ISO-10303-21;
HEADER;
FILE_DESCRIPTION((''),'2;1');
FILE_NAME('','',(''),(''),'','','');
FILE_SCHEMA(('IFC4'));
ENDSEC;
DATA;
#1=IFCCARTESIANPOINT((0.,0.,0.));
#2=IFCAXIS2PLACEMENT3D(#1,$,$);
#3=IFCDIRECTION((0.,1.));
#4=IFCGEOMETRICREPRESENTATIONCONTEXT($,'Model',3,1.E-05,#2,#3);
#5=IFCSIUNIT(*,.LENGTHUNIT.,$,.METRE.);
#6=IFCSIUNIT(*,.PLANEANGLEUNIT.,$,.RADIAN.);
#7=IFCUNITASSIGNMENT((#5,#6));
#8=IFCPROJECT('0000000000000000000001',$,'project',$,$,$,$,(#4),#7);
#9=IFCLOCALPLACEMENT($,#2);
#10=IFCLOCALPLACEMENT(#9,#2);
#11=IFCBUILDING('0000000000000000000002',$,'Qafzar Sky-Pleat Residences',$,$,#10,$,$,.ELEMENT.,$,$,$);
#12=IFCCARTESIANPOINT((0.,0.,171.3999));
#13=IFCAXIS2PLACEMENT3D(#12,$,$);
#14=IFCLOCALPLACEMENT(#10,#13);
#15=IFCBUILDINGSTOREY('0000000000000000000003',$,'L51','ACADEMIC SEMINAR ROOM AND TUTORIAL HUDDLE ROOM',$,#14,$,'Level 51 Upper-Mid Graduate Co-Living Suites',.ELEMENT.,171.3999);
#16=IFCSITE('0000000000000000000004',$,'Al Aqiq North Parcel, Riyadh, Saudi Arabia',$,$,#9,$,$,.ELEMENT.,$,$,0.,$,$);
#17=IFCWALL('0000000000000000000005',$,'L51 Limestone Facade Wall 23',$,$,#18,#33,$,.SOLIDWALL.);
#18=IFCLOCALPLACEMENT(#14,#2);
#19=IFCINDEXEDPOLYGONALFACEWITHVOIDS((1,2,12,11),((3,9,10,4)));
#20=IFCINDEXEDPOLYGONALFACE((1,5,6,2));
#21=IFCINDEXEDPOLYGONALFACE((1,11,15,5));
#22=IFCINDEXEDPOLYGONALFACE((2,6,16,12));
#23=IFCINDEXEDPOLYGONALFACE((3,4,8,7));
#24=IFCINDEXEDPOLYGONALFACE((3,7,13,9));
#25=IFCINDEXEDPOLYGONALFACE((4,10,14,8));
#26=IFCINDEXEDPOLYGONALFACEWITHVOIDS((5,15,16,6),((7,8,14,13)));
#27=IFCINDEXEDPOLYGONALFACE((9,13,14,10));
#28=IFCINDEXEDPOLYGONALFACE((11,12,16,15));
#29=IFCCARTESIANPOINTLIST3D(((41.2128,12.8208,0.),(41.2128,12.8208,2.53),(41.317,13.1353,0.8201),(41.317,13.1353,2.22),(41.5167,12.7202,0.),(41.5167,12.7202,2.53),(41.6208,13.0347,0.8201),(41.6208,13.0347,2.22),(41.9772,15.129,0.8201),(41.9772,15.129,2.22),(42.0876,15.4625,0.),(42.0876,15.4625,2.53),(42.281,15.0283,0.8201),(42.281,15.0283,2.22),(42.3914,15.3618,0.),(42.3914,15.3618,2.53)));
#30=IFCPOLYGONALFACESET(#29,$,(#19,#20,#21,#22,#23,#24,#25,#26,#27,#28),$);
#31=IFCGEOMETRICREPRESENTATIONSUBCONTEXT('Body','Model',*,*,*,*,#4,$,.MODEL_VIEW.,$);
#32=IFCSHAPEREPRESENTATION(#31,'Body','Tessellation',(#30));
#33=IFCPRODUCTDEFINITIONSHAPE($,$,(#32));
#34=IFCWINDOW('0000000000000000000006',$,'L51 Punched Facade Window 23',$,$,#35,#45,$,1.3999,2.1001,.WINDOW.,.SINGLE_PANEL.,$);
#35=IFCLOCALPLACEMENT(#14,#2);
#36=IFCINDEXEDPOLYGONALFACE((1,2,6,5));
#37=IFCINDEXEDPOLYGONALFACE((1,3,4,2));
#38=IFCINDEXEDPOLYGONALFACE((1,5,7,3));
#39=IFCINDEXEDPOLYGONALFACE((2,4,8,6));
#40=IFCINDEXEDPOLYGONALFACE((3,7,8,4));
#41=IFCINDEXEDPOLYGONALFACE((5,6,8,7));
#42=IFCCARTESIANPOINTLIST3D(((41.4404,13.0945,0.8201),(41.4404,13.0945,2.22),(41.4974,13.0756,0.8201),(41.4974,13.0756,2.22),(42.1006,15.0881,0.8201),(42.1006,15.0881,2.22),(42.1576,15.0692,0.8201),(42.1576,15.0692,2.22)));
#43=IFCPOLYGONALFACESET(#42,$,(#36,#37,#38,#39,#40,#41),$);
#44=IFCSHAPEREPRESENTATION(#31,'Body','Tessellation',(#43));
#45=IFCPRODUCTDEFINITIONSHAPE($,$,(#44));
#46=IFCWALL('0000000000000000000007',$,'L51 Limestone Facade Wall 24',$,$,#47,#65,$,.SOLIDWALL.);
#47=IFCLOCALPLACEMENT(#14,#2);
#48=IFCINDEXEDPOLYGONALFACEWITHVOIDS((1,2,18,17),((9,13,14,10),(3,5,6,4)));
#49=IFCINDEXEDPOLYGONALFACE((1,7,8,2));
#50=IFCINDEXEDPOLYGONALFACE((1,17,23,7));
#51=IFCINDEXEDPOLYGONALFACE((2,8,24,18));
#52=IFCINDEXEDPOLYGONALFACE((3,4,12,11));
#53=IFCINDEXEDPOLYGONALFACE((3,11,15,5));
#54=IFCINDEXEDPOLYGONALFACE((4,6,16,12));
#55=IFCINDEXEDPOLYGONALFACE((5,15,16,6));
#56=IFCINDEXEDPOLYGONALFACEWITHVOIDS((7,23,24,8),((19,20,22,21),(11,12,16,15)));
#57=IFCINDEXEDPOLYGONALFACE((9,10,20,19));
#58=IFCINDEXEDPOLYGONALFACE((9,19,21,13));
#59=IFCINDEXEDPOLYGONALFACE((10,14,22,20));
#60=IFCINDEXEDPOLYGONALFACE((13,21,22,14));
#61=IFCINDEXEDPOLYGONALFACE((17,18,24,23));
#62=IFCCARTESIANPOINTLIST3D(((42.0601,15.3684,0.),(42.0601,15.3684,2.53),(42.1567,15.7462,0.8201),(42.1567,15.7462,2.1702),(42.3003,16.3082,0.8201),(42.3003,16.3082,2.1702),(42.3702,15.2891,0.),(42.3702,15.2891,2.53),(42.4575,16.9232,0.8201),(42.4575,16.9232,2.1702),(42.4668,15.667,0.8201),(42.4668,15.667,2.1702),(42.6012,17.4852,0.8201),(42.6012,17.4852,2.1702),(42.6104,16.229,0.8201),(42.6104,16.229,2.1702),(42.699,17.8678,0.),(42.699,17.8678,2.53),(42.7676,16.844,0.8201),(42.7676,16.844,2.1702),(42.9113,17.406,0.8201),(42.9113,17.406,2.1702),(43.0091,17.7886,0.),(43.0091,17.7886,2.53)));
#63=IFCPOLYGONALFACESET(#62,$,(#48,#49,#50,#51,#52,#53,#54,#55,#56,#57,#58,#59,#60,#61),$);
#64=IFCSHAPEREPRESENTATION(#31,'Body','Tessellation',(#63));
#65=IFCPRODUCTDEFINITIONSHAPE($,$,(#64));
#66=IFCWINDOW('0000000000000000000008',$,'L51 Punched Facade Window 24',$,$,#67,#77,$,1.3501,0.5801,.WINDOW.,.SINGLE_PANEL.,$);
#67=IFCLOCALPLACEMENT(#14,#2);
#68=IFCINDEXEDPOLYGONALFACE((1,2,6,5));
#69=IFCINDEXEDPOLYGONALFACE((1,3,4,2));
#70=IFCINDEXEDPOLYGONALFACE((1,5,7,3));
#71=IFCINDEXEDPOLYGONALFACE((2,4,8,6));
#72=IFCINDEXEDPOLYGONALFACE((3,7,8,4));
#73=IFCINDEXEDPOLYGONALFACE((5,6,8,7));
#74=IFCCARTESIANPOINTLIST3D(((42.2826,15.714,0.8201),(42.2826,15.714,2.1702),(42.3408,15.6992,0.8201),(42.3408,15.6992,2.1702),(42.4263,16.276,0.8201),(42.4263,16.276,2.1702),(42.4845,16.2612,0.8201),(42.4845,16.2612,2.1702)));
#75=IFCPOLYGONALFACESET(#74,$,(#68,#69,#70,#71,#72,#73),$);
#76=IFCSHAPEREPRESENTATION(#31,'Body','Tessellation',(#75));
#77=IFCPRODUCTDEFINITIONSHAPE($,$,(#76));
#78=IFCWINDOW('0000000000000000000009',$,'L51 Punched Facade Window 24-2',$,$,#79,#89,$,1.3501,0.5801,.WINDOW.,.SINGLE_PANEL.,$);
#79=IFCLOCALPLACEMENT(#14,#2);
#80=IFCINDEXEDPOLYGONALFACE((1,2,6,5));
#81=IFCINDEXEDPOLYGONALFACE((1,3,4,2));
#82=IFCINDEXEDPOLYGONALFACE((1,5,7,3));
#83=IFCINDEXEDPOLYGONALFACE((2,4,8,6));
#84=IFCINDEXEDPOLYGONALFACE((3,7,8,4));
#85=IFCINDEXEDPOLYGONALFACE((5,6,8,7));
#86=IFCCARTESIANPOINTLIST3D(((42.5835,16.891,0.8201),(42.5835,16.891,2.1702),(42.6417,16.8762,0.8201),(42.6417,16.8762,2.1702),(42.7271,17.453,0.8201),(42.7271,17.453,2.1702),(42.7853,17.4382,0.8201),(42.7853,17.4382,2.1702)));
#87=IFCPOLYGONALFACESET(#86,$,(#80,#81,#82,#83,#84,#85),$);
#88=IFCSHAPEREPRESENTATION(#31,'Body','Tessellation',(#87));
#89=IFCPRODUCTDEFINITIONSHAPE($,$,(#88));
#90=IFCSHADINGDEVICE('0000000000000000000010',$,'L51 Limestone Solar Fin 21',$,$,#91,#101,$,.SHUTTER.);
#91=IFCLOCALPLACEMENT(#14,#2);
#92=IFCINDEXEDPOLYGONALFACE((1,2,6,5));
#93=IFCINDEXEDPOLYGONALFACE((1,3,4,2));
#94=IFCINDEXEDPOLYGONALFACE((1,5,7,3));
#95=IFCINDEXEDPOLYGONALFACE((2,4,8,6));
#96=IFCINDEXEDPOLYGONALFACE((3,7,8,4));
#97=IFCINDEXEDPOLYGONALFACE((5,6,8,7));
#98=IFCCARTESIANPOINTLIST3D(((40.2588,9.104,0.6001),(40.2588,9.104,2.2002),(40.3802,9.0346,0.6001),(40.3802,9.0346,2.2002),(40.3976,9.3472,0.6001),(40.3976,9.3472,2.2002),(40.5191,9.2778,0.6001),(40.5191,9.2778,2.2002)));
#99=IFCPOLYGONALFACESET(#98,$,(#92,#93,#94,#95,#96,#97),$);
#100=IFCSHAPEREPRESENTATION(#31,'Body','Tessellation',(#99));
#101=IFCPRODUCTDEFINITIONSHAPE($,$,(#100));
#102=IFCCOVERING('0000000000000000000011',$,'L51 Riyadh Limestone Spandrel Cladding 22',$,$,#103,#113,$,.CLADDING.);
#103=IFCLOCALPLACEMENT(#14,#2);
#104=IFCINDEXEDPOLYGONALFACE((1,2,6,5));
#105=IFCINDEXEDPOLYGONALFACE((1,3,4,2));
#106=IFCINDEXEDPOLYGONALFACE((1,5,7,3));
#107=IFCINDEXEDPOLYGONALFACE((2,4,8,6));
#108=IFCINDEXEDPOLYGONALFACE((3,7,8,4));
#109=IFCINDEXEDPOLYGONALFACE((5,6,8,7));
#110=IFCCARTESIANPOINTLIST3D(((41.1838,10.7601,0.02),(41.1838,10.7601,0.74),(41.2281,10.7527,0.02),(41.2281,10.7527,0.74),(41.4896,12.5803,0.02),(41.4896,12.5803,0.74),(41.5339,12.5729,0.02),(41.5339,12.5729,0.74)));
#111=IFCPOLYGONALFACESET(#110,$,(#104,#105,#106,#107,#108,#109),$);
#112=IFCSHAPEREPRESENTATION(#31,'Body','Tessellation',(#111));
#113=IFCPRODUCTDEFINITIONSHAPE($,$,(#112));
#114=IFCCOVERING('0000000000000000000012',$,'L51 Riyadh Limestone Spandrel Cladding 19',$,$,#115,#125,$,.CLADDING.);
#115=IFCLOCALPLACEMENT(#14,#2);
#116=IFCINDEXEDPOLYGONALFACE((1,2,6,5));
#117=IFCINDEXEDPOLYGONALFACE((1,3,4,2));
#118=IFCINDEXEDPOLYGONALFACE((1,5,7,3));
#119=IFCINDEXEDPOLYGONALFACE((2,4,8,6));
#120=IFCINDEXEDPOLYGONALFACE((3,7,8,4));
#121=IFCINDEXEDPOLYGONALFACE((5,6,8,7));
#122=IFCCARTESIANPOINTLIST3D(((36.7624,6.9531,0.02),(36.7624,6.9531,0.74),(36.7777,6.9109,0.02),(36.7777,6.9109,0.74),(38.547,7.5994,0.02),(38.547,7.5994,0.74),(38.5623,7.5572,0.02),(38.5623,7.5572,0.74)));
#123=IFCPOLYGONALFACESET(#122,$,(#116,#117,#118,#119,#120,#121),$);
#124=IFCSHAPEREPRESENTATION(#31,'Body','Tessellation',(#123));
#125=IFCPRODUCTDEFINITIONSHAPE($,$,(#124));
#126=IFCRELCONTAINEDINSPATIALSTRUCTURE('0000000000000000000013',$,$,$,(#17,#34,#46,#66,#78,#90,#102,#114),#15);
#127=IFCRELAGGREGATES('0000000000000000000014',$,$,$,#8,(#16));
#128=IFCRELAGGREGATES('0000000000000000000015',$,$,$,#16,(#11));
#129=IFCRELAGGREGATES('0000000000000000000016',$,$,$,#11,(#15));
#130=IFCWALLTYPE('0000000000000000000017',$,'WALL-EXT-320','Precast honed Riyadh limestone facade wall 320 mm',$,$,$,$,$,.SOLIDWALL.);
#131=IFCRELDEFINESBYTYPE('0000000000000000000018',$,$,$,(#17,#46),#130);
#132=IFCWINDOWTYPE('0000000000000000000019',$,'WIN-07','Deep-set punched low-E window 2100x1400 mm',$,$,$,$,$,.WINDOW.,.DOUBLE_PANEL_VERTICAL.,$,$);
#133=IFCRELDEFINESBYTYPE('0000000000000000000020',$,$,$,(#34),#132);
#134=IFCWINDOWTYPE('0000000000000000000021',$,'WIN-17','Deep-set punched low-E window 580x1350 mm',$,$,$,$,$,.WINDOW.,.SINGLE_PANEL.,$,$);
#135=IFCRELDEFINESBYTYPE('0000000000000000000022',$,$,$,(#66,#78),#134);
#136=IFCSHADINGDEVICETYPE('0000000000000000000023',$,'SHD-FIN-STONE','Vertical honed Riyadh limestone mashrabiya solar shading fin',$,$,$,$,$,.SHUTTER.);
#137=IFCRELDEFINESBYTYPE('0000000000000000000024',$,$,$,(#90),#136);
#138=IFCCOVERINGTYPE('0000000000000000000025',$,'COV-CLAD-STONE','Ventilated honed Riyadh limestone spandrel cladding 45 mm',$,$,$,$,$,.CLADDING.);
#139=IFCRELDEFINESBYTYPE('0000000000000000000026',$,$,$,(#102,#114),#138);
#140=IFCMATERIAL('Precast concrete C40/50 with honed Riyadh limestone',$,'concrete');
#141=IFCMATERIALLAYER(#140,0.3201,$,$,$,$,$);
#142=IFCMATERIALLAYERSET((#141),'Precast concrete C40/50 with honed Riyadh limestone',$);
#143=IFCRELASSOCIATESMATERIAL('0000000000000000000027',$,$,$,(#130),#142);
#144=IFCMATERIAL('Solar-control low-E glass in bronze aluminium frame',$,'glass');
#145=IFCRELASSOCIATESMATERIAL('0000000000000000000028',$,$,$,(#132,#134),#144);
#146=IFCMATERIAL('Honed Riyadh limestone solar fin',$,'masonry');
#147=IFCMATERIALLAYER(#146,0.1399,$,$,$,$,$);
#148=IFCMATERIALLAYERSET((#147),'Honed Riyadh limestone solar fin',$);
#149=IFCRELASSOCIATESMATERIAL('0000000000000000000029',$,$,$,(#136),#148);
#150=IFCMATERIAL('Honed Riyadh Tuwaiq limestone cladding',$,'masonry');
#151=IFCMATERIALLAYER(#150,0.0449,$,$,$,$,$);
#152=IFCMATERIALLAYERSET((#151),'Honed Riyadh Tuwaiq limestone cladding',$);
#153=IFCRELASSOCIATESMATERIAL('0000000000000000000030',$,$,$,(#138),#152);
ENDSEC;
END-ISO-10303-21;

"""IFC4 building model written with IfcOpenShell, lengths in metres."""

from ifc_helpers import new_model, si_unit, direction, frame, frame_2d, origin, origin_2d, place, context, subcontext, project, spatial, rectangle, extrude, source, transform, mapped, material, layer, layer_set, type_object, element, fill, save


model = new_model("IFC4")

# Units and contexts
model_context = context("Model", 3, precision=1e-05, world=origin(), true_north=direction((0.0, 1.0)))
body_context = subcontext(model_context, "Body", "Model", "MODEL_VIEW")
ifc_project = project(units=[si_unit("LENGTHUNIT", "METRE"), si_unit("PLANEANGLEUNIT", "RADIAN")], contexts=[model_context])

# Site, building, storey
site_placement = place(None, origin())
site = spatial("IfcSite", under=ifc_project, at=site_placement, Name="Al Aqiq North Parcel, Riyadh, Saudi Arabia", CompositionType="ELEMENT", RefElevation=0.0)
building_placement = place(site_placement, origin())
building = spatial("IfcBuilding", under=site, at=building_placement, Name="Qafzar Sky-Pleat Residences", CompositionType="ELEMENT")
storey_placement = place(building_placement, frame((0.0, 0.0, 171.3999)))
storey = spatial("IfcBuildingStorey", under=building, at=storey_placement, Name="L51", Description="ACADEMIC SEMINAR ROOM AND TUTORIAL HUDDLE ROOM", LongName="Level 51 Upper-Mid Graduate Co-Living Suites", CompositionType="ELEMENT", Elevation=171.3999)

# Wall, opening, window
ifc_material_1 = material(Name="Precast concrete C40/50 with honed Riyadh limestone", Category="concrete")
ifc_layer_1 = layer(ifc_material_1, 0.3201)
ifc_layer_set_1 = layer_set([ifc_layer_1], Name="Precast concrete C40/50 with honed Riyadh limestone")
wall_type = type_object("IfcWallType", Name="WALL-EXT-320", Description="Precast honed Riyadh limestone facade wall 320 mm", PredefinedType="SOLIDWALL", material=ifc_layer_set_1)
ifc_material_2 = material(Name="Solar-control low-E glass in bronze aluminium frame", Category="glass")
wall_1_placement = place(storey_placement, frame((41.3647, 12.7705, 0.0), z_axis=(0.0, 0.0, 1.0), x_axis=(0.314358, 0.949304, 0.0)))
wall_1 = element("IfcWall", 1, at=wall_1_placement, inside=storey, type_object=wall_type, Name="L51 Limestone Facade Wall 23", PredefinedType="SOLIDWALL", context=body_context, shape_type="SweptSolid", body=[
    extrude(rectangle(XDim=2.7827, YDim=0.3201, at=frame_2d((1.3914, 0.0))), origin(), (0.0, 0.0, 1.0), 2.53),
])
opening_1_placement = place(wall_1_placement, frame((0.3313, 0.0, 0.8201)))
opening_1 = element("IfcOpeningElement", 2, at=opening_1_placement, cuts=wall_1, PredefinedType="OPENING", context=body_context, shape_type="SweptSolid", body=[
    extrude(rectangle(XDim=2.1001, YDim=1.3999, at=frame_2d((1.05, 0.7))), frame((0.0, 0.1699, 0.0), z_axis=(0.0, -1.0, 0.0), x_axis=(1.0, 0.0, 0.0)), (0.0, 0.0, 1.0), 0.3401),
])
window_type_1 = type_object("IfcWindowType", Name="WIN-07", Description="Deep-set punched low-E window 2100x1400 mm", PartitioningType="DOUBLE_PANEL_VERTICAL", PredefinedType="WINDOW", material=ifc_material_2)
shared_shape_1 = source(origin(), body_context, "Body", "SweptSolid", [
    extrude(rectangle(XDim=2.1001, YDim=1.3999, at=frame_2d((1.05, 0.7))), frame((0.0, 0.03, 0.0), z_axis=(0.0, -1.0, 0.0), x_axis=(1.0, 0.0, 0.0)), (0.0, 0.0, 1.0), 0.0601),
])
window_1_placement = place(opening_1_placement, origin())
window_1 = element("IfcWindow", 3, at=window_1_placement, inside=storey, type_object=window_type_1, Name="L51 Punched Facade Window 23", OverallHeight=1.3999, OverallWidth=2.1001, PartitioningType="SINGLE_PANEL", PredefinedType="WINDOW", context=body_context, shape_type="MappedRepresentation", body=[
    mapped(shared_shape_1, transform((0.0, 0.0, 0.0), x_axis=(1.0, 0.0, 0.0), y_axis=(0.0, 1.0, 0.0), z_axis=(0.0, 0.0, 1.0), scale=1.0)),
])
fill(opening_1, window_1)

# Wall, openings, windows
wall_2_placement = place(storey_placement, frame((42.2151, 15.3286, 0.0), z_axis=(0.0, 0.0, 1.0), x_axis=(0.247654, 0.968849, 0.0)))
wall_2 = element("IfcWall", 4, at=wall_2_placement, inside=storey, type_object=wall_type, Name="L51 Limestone Facade Wall 24", PredefinedType="SOLIDWALL", context=body_context, shape_type="SweptSolid", body=[
    extrude(rectangle(XDim=2.5798, YDim=0.3201, at=frame_2d((1.29, 0.0))), origin(), (0.0, 0.0, 1.0), 2.53),
])
opening_2_placement = place(wall_2_placement, frame((0.3901, 0.0, 0.8201)))
opening_2 = element("IfcOpeningElement", 5, at=opening_2_placement, cuts=wall_2, PredefinedType="OPENING", context=body_context, shape_type="SweptSolid", body=[
    extrude(rectangle(XDim=0.5801, YDim=1.3501, at=frame_2d((0.29, 0.675))), frame((0.0, 0.1699, 0.0), z_axis=(0.0, -1.0, 0.0), x_axis=(1.0, 0.0, 0.0)), (0.0, 0.0, 1.0), 0.3401),
])
opening_3_placement = place(wall_2_placement, frame((1.605, 0.0, 0.8201)))
opening_3 = element("IfcOpeningElement", 6, at=opening_3_placement, cuts=wall_2, PredefinedType="OPENING", context=body_context, shape_type="SweptSolid", body=[
    extrude(rectangle(XDim=0.5801, YDim=1.3501, at=frame_2d((0.29, 0.675))), frame((0.0, 0.1699, 0.0), z_axis=(0.0, -1.0, 0.0), x_axis=(1.0, 0.0, 0.0)), (0.0, 0.0, 1.0), 0.3401),
])
window_type_2 = type_object("IfcWindowType", Name="WIN-17", Description="Deep-set punched low-E window 580x1350 mm", PartitioningType="SINGLE_PANEL", PredefinedType="WINDOW", material=ifc_material_2)
shared_shape_2 = source(origin(), body_context, "Body", "SweptSolid", [
    extrude(rectangle(XDim=0.5801, YDim=1.3501, at=frame_2d((0.29, 0.675))), frame((0.0, 0.03, 0.0), z_axis=(0.0, -1.0, 0.0), x_axis=(1.0, 0.0, 0.0)), (0.0, 0.0, 1.0), 0.0601),
])
window_2_placement = place(opening_2_placement, origin())
window_2 = element("IfcWindow", 7, at=window_2_placement, inside=storey, type_object=window_type_2, Name="L51 Punched Facade Window 24", OverallHeight=1.3501, OverallWidth=0.5801, PartitioningType="SINGLE_PANEL", PredefinedType="WINDOW", context=body_context, shape_type="MappedRepresentation", body=[
    mapped(shared_shape_2, transform((0.0, 0.0, 0.0), x_axis=(1.0, 0.0, 0.0), y_axis=(0.0, 1.0, 0.0), z_axis=(0.0, 0.0, 1.0), scale=1.0)),
])
fill(opening_2, window_2)
window_3_placement = place(opening_3_placement, origin())
window_3 = element("IfcWindow", 8, at=window_3_placement, inside=storey, type_object=window_type_2, Name="L51 Punched Facade Window 24-2", OverallHeight=1.3501, OverallWidth=0.5801, PartitioningType="SINGLE_PANEL", PredefinedType="WINDOW", context=body_context, shape_type="MappedRepresentation", body=[
    mapped(shared_shape_2, transform((0.0, 0.0, 0.0), x_axis=(1.0, 0.0, 0.0), y_axis=(0.0, 1.0, 0.0), z_axis=(0.0, 0.0, 1.0), scale=1.0)),
])
fill(opening_3, window_3)

# Shading device
ifc_material_3 = material(Name="Honed Riyadh limestone solar fin", Category="masonry")
ifc_layer_2 = layer(ifc_material_3, 0.1399)
ifc_layer_set_2 = layer_set([ifc_layer_2], Name="Honed Riyadh limestone solar fin")
shading_device_type = type_object("IfcShadingDeviceType", Name="SHD-FIN-STONE", Description="Vertical honed Riyadh limestone mashrabiya solar shading fin", PredefinedType="SHUTTER", material=ifc_layer_set_2)
shared_shape_3 = source(origin(), body_context, "Body", "SweptSolid", [
    extrude(rectangle(XDim=0.1399, YDim=0.28, at=origin_2d()), origin(), (0.0, 0.0, 1.0), 1.6001),
])
shading_device_placement = place(storey_placement, frame((40.3889, 9.1909, 0.6001), z_axis=(0.0, 0.0, 1.0), x_axis=(0.868455, -0.495768, 0.0)))
element("IfcShadingDevice", 9, at=shading_device_placement, inside=storey, type_object=shading_device_type, Name="L51 Limestone Solar Fin 21", PredefinedType="SHUTTER", context=body_context, shape_type="MappedRepresentation", body=[
    mapped(shared_shape_3, transform((0.0, 0.0, 0.0), x_axis=(1.0, 0.0, 0.0), y_axis=(0.0, 1.0, 0.0), z_axis=(0.0, 0.0, 1.0), scale=1.0)),
])

# Coverings
ifc_material_4 = material(Name="Honed Riyadh Tuwaiq limestone cladding", Category="masonry")
ifc_layer_3 = layer(ifc_material_4, 0.0449)
ifc_layer_set_3 = layer_set([ifc_layer_3], Name="Honed Riyadh Tuwaiq limestone cladding")
covering_type = type_object("IfcCoveringType", Name="COV-CLAD-STONE", Description="Ventilated honed Riyadh limestone spandrel cladding 45 mm", PredefinedType="CLADDING", material=ifc_layer_set_3)
shared_shape_4 = source(origin(), body_context, "Body", "SweptSolid", [
    extrude(rectangle(XDim=1.8457, YDim=0.0449, at=origin_2d()), origin(), (0.0, 0.0, 1.0), 0.72),
])
covering_1_placement = place(storey_placement, frame((41.3589, 11.6665, 0.02), z_axis=(0.0, 0.0, 1.0), x_axis=(0.165688, 0.986178, 0.0)))
element("IfcCovering", 10, at=covering_1_placement, inside=storey, type_object=covering_type, Name="L51 Riyadh Limestone Spandrel Cladding 22", PredefinedType="CLADDING", context=body_context, shape_type="MappedRepresentation", body=[
    mapped(shared_shape_4, transform((0.0, 0.0, 0.0), x_axis=(1.0, 0.0, 0.0), y_axis=(0.0, 1.0, 0.0), z_axis=(0.0, 0.0, 1.0), scale=1.0)),
])
shared_shape_5 = source(origin(), body_context, "Body", "SweptSolid", [
    extrude(rectangle(XDim=1.8979, YDim=0.0449, at=origin_2d()), origin(), (0.0, 0.0, 1.0), 0.72),
])
covering_2_placement = place(storey_placement, frame((37.6624, 7.2551, 0.02), z_axis=(0.0, 0.0, 1.0), x_axis=(0.940237, 0.340521, 0.0)))
element("IfcCovering", 11, at=covering_2_placement, inside=storey, type_object=covering_type, Name="L51 Riyadh Limestone Spandrel Cladding 19", PredefinedType="CLADDING", context=body_context, shape_type="MappedRepresentation", body=[
    mapped(shared_shape_5, transform((0.0, 0.0, 0.0), x_axis=(1.0, 0.0, 0.0), y_axis=(0.0, 1.0, 0.0), z_axis=(0.0, 0.0, 1.0), scale=1.0)),
])

save(model, "model.ifc")
